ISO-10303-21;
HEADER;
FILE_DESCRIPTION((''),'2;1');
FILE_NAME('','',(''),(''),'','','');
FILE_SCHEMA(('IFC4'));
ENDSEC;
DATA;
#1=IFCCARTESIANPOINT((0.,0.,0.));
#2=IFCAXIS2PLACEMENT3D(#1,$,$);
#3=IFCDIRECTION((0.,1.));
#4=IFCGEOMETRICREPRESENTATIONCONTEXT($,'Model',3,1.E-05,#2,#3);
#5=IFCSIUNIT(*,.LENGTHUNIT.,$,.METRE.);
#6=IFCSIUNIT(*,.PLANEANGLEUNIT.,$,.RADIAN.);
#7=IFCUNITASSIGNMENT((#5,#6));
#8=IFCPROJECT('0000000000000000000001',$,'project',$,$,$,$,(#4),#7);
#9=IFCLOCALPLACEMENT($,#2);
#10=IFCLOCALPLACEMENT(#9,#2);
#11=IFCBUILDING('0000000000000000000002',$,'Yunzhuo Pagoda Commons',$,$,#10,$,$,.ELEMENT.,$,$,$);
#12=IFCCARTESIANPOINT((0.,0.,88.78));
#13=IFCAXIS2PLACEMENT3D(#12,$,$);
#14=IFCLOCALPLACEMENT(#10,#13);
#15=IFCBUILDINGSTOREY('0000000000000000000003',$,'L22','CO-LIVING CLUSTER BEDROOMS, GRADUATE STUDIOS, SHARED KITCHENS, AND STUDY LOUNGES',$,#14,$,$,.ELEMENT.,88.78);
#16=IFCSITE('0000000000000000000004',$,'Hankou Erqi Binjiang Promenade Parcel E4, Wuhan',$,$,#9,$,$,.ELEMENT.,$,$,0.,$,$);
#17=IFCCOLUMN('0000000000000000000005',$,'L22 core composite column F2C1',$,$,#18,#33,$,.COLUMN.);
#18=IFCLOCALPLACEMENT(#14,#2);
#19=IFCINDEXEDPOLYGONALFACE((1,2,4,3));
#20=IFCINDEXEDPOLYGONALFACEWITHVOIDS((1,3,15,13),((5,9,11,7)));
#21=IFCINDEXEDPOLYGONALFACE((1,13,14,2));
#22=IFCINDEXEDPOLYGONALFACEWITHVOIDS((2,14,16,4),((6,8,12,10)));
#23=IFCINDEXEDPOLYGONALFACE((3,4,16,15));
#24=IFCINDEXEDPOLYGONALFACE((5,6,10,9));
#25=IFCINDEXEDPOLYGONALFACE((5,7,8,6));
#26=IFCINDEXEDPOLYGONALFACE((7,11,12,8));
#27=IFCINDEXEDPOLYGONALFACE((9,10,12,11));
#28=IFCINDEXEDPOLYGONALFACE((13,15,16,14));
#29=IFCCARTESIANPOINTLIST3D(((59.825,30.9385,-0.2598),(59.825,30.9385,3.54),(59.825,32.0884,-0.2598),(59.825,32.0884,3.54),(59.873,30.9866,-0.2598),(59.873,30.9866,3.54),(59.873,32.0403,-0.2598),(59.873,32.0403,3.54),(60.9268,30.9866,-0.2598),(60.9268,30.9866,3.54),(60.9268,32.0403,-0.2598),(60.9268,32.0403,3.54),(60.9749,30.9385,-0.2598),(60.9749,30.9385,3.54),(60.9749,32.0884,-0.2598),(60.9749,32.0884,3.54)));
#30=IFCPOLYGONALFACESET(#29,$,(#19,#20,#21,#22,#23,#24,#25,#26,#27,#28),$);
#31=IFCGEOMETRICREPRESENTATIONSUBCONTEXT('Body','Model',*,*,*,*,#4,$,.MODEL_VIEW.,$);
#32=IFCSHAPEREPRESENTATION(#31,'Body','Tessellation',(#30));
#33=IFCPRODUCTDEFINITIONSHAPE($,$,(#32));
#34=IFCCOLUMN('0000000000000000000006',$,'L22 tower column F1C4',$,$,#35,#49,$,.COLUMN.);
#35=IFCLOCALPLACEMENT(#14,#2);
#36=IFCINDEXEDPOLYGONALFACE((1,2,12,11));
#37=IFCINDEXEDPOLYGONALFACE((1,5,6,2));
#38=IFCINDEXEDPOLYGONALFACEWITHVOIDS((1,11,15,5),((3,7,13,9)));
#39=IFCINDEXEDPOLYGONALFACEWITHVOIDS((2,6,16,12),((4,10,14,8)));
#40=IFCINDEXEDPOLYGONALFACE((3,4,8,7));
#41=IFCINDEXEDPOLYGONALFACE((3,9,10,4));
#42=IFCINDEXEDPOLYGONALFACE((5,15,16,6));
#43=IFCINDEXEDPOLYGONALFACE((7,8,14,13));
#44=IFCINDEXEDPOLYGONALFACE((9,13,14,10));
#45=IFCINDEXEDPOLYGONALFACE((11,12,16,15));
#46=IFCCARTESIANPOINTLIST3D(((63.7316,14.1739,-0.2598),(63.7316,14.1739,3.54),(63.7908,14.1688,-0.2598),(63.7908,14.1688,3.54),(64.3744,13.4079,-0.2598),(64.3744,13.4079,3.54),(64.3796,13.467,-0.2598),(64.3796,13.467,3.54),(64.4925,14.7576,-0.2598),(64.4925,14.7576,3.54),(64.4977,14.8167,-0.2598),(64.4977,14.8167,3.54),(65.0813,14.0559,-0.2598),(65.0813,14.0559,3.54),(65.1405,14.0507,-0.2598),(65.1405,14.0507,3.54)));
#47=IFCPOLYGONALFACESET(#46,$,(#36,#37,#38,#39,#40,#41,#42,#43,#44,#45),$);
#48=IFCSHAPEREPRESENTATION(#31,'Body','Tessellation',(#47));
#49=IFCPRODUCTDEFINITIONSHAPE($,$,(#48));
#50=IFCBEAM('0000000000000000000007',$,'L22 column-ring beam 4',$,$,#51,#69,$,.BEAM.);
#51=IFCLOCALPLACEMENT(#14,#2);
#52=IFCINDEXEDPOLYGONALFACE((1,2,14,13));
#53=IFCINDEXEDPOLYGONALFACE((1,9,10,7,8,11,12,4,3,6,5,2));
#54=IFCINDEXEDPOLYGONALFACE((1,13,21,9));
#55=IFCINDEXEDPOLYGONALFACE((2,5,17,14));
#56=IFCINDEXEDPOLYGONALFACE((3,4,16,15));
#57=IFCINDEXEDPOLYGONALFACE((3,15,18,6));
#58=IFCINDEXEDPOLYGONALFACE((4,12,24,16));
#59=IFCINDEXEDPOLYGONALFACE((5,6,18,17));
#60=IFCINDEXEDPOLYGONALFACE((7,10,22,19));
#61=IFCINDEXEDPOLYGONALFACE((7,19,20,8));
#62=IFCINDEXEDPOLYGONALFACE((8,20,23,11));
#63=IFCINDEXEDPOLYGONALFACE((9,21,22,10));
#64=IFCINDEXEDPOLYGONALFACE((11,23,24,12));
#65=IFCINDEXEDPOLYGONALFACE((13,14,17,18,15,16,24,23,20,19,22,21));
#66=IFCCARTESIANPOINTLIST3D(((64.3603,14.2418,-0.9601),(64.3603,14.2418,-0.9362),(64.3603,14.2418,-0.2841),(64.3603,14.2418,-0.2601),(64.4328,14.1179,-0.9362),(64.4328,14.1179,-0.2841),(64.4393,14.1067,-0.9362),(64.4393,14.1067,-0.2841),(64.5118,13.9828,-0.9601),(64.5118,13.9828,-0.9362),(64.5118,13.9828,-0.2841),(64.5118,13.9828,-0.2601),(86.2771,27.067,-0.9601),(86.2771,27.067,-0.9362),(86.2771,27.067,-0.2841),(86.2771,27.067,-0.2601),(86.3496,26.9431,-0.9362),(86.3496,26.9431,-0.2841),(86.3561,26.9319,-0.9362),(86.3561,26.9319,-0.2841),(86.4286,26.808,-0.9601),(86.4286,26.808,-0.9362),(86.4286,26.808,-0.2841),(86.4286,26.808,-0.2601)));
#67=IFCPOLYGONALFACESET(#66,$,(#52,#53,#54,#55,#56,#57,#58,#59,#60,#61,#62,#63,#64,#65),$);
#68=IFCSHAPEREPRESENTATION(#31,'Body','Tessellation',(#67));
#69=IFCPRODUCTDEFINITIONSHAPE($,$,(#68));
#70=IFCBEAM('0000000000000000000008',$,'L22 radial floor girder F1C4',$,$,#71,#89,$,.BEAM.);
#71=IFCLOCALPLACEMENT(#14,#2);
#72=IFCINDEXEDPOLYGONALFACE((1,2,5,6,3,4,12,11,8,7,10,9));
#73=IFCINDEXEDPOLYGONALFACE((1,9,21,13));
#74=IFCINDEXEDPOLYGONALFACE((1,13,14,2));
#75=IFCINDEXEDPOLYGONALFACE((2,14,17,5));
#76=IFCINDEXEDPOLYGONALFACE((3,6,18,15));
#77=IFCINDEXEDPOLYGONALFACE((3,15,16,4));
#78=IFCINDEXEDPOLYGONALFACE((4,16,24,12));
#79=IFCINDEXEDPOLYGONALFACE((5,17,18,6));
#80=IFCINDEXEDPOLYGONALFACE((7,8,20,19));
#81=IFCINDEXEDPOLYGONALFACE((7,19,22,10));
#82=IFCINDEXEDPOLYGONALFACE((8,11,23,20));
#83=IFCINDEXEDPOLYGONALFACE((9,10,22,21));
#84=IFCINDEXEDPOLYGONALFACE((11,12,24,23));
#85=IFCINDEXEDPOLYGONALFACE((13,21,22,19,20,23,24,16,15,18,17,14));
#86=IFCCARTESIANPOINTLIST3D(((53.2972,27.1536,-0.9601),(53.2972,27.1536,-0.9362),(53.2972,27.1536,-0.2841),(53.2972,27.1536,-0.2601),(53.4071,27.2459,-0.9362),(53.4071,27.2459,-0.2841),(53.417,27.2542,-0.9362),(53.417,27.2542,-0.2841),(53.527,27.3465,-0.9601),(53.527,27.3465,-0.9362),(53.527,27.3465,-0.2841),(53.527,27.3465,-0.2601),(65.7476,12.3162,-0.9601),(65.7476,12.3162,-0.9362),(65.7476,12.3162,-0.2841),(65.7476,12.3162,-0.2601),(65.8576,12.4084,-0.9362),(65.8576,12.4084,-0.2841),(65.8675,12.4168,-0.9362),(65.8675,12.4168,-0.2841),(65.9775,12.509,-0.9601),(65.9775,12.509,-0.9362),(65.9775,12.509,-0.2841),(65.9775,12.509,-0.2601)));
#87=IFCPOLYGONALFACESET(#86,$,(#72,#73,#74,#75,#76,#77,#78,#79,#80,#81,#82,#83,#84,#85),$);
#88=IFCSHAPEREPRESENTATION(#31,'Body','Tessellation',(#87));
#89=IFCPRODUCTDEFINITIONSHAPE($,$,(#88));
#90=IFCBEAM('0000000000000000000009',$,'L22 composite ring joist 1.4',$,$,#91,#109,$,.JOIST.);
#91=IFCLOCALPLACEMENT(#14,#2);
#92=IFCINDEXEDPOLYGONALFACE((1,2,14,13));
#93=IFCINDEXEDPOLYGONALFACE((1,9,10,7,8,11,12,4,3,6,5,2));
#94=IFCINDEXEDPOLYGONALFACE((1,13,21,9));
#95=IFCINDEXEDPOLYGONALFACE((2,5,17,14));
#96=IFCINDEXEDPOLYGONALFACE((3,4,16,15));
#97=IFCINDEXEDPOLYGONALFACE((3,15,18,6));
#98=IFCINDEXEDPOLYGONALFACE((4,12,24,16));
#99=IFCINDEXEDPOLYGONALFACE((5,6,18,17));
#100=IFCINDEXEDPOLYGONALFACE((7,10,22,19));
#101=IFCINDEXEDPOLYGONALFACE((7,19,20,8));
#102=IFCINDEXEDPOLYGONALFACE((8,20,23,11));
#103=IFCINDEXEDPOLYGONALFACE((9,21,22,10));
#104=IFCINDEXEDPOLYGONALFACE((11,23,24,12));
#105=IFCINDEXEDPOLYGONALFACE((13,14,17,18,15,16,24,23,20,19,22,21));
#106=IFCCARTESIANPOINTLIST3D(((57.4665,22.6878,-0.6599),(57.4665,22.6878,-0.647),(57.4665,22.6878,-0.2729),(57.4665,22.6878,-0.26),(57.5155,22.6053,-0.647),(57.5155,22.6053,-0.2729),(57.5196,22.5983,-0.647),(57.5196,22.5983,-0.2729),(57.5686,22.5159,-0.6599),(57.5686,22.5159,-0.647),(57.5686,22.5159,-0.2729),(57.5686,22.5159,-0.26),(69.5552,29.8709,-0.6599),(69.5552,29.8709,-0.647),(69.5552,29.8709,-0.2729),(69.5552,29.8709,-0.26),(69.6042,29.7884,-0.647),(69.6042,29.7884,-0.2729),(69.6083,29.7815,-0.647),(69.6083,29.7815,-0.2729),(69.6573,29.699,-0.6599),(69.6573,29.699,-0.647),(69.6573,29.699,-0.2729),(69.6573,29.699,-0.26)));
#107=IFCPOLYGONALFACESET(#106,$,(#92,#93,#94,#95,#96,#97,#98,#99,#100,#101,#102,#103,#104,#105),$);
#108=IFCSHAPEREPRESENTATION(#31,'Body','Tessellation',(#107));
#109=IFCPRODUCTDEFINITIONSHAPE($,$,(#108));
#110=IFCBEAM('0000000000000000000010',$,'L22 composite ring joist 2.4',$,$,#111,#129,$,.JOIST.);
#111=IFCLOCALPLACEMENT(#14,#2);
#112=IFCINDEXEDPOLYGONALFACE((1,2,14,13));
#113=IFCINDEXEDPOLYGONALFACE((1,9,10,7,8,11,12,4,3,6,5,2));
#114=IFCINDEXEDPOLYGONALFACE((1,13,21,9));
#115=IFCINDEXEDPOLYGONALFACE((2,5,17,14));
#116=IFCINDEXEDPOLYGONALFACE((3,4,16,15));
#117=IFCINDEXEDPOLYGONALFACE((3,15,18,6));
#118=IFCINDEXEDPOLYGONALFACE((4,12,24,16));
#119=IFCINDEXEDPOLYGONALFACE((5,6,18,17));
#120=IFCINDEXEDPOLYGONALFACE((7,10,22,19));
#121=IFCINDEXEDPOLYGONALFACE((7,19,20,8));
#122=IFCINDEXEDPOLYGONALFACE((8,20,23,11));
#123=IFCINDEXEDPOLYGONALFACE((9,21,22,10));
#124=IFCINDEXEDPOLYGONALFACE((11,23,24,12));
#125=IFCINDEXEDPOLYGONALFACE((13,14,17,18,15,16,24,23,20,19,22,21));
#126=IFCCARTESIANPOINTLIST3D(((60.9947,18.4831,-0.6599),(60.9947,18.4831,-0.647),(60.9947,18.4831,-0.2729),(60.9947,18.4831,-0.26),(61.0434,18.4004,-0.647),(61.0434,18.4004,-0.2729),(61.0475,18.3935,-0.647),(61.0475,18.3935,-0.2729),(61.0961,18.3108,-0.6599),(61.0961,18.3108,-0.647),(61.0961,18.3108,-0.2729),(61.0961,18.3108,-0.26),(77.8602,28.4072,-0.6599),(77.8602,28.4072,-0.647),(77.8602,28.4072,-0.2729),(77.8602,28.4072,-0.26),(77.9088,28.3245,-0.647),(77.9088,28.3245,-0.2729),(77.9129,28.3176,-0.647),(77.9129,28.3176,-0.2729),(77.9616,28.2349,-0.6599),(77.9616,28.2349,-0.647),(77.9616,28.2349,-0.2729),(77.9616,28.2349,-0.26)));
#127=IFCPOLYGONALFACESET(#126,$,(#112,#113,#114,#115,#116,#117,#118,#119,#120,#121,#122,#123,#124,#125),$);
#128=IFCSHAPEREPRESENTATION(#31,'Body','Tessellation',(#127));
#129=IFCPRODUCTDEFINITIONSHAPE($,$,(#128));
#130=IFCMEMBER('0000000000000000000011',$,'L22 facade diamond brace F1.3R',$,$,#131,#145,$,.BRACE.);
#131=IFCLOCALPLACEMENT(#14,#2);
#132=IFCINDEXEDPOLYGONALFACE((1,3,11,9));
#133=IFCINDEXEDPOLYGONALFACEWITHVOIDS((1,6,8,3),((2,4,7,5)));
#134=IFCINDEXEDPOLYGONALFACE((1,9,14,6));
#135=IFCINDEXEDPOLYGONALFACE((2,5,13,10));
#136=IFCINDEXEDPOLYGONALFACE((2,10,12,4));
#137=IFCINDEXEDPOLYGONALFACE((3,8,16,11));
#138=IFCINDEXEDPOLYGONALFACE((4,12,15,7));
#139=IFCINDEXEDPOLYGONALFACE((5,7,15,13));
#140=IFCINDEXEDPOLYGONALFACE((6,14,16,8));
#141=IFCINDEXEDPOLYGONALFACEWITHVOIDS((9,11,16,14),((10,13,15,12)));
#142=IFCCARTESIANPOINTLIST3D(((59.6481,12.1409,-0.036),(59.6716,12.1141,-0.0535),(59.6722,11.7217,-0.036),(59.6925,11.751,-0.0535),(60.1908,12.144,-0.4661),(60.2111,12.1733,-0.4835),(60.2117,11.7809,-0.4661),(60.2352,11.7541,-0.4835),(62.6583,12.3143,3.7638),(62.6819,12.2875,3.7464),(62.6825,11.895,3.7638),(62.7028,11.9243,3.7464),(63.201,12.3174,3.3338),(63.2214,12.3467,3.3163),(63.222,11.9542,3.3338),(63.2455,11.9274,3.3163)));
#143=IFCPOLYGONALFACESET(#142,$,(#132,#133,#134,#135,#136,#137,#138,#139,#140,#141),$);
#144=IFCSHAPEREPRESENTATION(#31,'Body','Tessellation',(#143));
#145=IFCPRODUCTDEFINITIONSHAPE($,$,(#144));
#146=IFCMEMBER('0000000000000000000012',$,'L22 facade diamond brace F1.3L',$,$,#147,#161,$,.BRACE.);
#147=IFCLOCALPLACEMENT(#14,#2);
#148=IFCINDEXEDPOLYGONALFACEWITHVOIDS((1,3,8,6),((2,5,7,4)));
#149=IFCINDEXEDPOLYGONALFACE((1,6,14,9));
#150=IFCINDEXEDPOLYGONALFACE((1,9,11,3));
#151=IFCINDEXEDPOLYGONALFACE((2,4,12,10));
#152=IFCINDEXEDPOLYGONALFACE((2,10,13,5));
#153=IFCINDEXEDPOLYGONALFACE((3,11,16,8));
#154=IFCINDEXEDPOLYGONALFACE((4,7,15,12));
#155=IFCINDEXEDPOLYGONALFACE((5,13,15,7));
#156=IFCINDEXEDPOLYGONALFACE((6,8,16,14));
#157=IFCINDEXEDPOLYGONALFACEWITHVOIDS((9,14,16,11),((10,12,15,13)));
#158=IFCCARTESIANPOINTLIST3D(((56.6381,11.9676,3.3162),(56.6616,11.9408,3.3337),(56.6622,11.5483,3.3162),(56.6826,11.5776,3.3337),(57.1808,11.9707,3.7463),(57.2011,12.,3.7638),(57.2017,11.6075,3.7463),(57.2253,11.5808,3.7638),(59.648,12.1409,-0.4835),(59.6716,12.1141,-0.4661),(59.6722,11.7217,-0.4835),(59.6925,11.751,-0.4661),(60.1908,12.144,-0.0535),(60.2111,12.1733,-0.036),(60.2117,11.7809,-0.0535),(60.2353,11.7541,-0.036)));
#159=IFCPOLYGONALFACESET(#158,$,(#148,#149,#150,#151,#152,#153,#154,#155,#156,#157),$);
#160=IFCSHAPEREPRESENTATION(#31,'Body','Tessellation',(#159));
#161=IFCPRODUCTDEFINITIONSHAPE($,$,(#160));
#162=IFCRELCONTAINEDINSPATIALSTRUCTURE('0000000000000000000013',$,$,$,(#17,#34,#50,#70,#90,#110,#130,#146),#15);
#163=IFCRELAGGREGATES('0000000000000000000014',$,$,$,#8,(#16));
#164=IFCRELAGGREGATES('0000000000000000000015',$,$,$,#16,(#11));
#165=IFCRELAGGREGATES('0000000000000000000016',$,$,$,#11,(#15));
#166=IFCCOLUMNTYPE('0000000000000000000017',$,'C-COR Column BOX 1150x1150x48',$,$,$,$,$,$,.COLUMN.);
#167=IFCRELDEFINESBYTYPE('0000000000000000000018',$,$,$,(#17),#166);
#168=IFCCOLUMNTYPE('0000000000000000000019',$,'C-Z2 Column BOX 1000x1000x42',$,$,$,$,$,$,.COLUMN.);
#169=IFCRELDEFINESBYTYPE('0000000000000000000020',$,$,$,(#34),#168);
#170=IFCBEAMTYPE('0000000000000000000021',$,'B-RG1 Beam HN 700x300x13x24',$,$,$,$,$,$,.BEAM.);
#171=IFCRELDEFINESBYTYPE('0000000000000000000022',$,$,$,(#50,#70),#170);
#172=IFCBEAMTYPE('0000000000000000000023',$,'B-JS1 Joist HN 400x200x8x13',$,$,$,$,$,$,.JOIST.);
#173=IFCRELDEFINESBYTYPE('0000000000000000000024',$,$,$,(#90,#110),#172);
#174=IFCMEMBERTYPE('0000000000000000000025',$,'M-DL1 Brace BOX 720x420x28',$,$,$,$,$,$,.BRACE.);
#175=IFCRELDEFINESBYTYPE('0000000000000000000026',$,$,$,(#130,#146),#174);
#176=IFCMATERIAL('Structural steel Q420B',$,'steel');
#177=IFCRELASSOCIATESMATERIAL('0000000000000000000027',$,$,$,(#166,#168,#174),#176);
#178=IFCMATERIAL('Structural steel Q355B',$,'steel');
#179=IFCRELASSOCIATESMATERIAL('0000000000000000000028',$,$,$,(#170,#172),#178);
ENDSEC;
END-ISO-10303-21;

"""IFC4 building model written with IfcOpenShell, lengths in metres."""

from ifc_helpers import new_model, si_unit, direction, frame, origin, origin_2d, place, context, subcontext, project, spatial, hollow_rectangle, i_section, extrude, source, transform, mapped, material, material_profile, profile_set, type_object, element, save


model = new_model("IFC4")

# Units and contexts
model_context = context("Model", 3, precision=1e-05, world=origin(), true_north=direction((0.0, 1.0)))
body_context = subcontext(model_context, "Body", "Model", "MODEL_VIEW")
ifc_project = project(units=[si_unit("LENGTHUNIT", "METRE"), si_unit("PLANEANGLEUNIT", "RADIAN")], contexts=[model_context])

# Site, building, storey
site_placement = place(None, origin())
site = spatial("IfcSite", under=ifc_project, at=site_placement, Name="Hankou Erqi Binjiang Promenade Parcel E4, Wuhan", CompositionType="ELEMENT", RefElevation=0.0)
building_placement = place(site_placement, origin())
building = spatial("IfcBuilding", under=site, at=building_placement, Name="Yunzhuo Pagoda Commons", CompositionType="ELEMENT")
storey_placement = place(building_placement, frame((0.0, 0.0, 88.78)))
storey = spatial("IfcBuildingStorey", under=building, at=storey_placement, Name="L22", Description="CO-LIVING CLUSTER BEDROOMS, GRADUATE STUDIOS, SHARED KITCHENS, AND STUDY LOUNGES", CompositionType="ELEMENT", Elevation=88.78)

# Columns
ifc_material_1 = material(Name="Structural steel Q420B", Category="steel")
ifc_material_profile_1 = material_profile(ifc_material_1, hollow_rectangle(XDim=1.1499, YDim=1.1499, WallThickness=0.0481, at=origin_2d()), Name="Structural steel Q420B")
ifc_profile_set_1 = profile_set([ifc_material_profile_1], Name="Structural steel Q420B")
column_type_1 = type_object("IfcColumnType", Name="C-COR Column BOX 1150x1150x48", PredefinedType="COLUMN", material=ifc_profile_set_1)
shared_shape_1 = source(origin(), body_context, "Body", "SweptSolid", [
    extrude(hollow_rectangle(XDim=1.1499, YDim=1.1499, WallThickness=0.0481, at=origin_2d()), origin(), (0.0, 0.0, 1.0), 3.7998),
])
column_1_placement = place(storey_placement, frame((60.3999, 31.5134, -0.2598), z_axis=(0.0, 0.0, 1.0), x_axis=(1.0, 0.0, 0.0)))
element("IfcColumn", 1, at=column_1_placement, inside=storey, type_object=column_type_1, Name="L22 core composite column F2C1", PredefinedType="COLUMN", context=body_context, shape_type="MappedRepresentation", body=[
    mapped(shared_shape_1, transform((0.0, 0.0, 0.0), scale=1.0)),
])
ifc_material_profile_2 = material_profile(ifc_material_1, hollow_rectangle(XDim=1.0, YDim=1.0, WallThickness=0.042, at=origin_2d()), Name="Structural steel Q420B")
ifc_profile_set_2 = profile_set([ifc_material_profile_2], Name="Structural steel Q420B")
column_type_2 = type_object("IfcColumnType", Name="C-Z2 Column BOX 1000x1000x42", PredefinedType="COLUMN", material=ifc_profile_set_2)
shared_shape_2 = source(origin(), body_context, "Body", "SweptSolid", [
    extrude(hollow_rectangle(XDim=1.0, YDim=1.0, WallThickness=0.042, at=origin_2d()), origin(), (0.0, 0.0, 1.0), 3.7998),
])
column_2_placement = place(storey_placement, frame((64.436, 14.1123, -0.2598), z_axis=(0.0, 0.0, 1.0), x_axis=(0.766044, 0.642788, 0.0)))
element("IfcColumn", 2, at=column_2_placement, inside=storey, type_object=column_type_2, Name="L22 tower column F1C4", PredefinedType="COLUMN", context=body_context, shape_type="MappedRepresentation", body=[
    mapped(shared_shape_2, transform((0.0, 0.0, 0.0), scale=1.0)),
])

# Beams
ifc_material_2 = material(Name="Structural steel Q355B", Category="steel")
ifc_material_profile_3 = material_profile(ifc_material_2, i_section(OverallWidth=0.3, OverallDepth=0.7, WebThickness=0.0129, FlangeThickness=0.0239, at=origin_2d()), Name="Structural steel Q355B")
ifc_profile_set_3 = profile_set([ifc_material_profile_3], Name="Structural steel Q355B")
beam_type_1 = type_object("IfcBeamType", Name="B-RG1 Beam HN 700x300x13x24", PredefinedType="BEAM", material=ifc_profile_set_3)
shared_shape_3 = source(origin(), body_context, "Body", "SweptSolid", [
    extrude(i_section(OverallWidth=0.3, OverallDepth=0.7, WebThickness=0.0129, FlangeThickness=0.0239, at=origin_2d()), origin(), (0.0, 0.0, 1.0), 25.3936),
])
beam_1_placement = place(storey_placement, frame((64.436, 14.1123, -0.6101), z_axis=(0.863085, 0.505058, 0.0), x_axis=(-0.505058, 0.863085, 0.0)))
element("IfcBeam", 3, at=beam_1_placement, inside=storey, type_object=beam_type_1, Name="L22 column-ring beam 4", PredefinedType="BEAM", context=body_context, shape_type="MappedRepresentation", body=[
    mapped(shared_shape_3, transform((0.0, 0.0, 0.0), scale=1.0)),
])
shared_shape_4 = source(origin(), body_context, "Body", "SweptSolid", [
    extrude(i_section(OverallWidth=0.3, OverallDepth=0.7, WebThickness=0.0129, FlangeThickness=0.0239, at=origin_2d()), origin(), (0.0, 0.0, 1.0), 19.3691),
])
beam_2_placement = place(storey_placement, frame((65.8625, 12.4126, -0.6101), z_axis=(-0.642799, 0.766035, 0.0), x_axis=(-0.766035, -0.642799, 0.0)))
element("IfcBeam", 4, at=beam_2_placement, inside=storey, type_object=beam_type_1, Name="L22 radial floor girder F1C4", PredefinedType="BEAM", context=body_context, shape_type="MappedRepresentation", body=[
    mapped(shared_shape_4, transform((0.0, 0.0, 0.0), scale=1.0)),
])
ifc_material_profile_4 = material_profile(ifc_material_2, i_section(OverallWidth=0.2, OverallDepth=0.3999, WebThickness=0.0081, FlangeThickness=0.0129, at=origin_2d()), Name="Structural steel Q355B")
ifc_profile_set_4 = profile_set([ifc_material_profile_4], Name="Structural steel Q355B")
beam_type_2 = type_object("IfcBeamType", Name="B-JS1 Joist HN 400x200x8x13", PredefinedType="JOIST", material=ifc_profile_set_4)
shared_shape_5 = source(origin(), body_context, "Body", "SweptSolid", [
    extrude(i_section(OverallWidth=0.2, OverallDepth=0.3999, WebThickness=0.0081, FlangeThickness=0.0129, at=origin_2d()), origin(), (0.0, 0.0, 1.0), 14.0618),
])
beam_3_placement = place(storey_placement, frame((57.5176, 22.6018, -0.46), z_axis=(0.859683, 0.510827, 0.0), x_axis=(-0.510827, 0.859683, 0.0)))
element("IfcBeam", 5, at=beam_3_placement, inside=storey, type_object=beam_type_2, Name="L22 composite ring joist 1.4", PredefinedType="JOIST", context=body_context, shape_type="MappedRepresentation", body=[
    mapped(shared_shape_5, transform((0.0, 0.0, 0.0), scale=1.0)),
])
shared_shape_6 = source(origin(), body_context, "Body", "SweptSolid", [
    extrude(i_section(OverallWidth=0.2, OverallDepth=0.3999, WebThickness=0.0081, FlangeThickness=0.0129, at=origin_2d()), origin(), (0.0, 0.0, 1.0), 19.5686),
])
beam_4_placement = place(storey_placement, frame((61.0454, 18.397, -0.46), z_axis=(0.861863, 0.507142, 0.0), x_axis=(-0.507142, 0.861863, 0.0)))
element("IfcBeam", 6, at=beam_4_placement, inside=storey, type_object=beam_type_2, Name="L22 composite ring joist 2.4", PredefinedType="JOIST", context=body_context, shape_type="MappedRepresentation", body=[
    mapped(shared_shape_6, transform((0.0, 0.0, 0.0), scale=1.0)),
])

# Members
ifc_material_profile_5 = material_profile(ifc_material_1, hollow_rectangle(XDim=0.4199, YDim=0.72, WallThickness=0.0281, at=origin_2d()), Name="Structural steel Q420B")
ifc_profile_set_5 = profile_set([ifc_material_profile_5], Name="Structural steel Q420B")
member_type_1 = type_object("IfcMemberType", Name="M-DL1 Brace BOX 720x420x28", PredefinedType="BRACE", material=ifc_profile_set_5)
shared_shape_7 = source(origin(), body_context, "Body", "SweptSolid", [
    extrude(hollow_rectangle(XDim=0.4199, YDim=0.72, WallThickness=0.0281, at=origin_2d()), origin(), (0.0, 0.0, 1.0), 4.8508),
])
member_1_placement = place(storey_placement, frame((59.9417, 11.9475, -0.2598), z_axis=(0.620569, 0.035734, 0.783337), x_axis=(-0.057488, 0.998346, 0.0)))
element("IfcMember", 7, at=member_1_placement, inside=storey, type_object=member_type_1, Name="L22 facade diamond brace F1.3R", PredefinedType="BRACE", context=body_context, shape_type="MappedRepresentation", body=[
    mapped(shared_shape_7, transform((0.0, 0.0, 0.0), scale=1.0)),
])
shared_shape_8 = source(origin(), body_context, "Body", "SweptSolid", [
    extrude(hollow_rectangle(XDim=0.4199, YDim=0.72, WallThickness=0.0281, at=origin_2d()), origin(), (0.0, 0.0, 1.0), 4.8506),
])
member_2_placement = place(storey_placement, frame((59.9417, 11.9475, -0.2598), z_axis=(-0.620539, -0.035735, 0.783361), x_axis=(0.057493, -0.998346, 0.0)))
element("IfcMember", 8, at=member_2_placement, inside=storey, type_object=member_type_1, Name="L22 facade diamond brace F1.3L", PredefinedType="BRACE", context=body_context, shape_type="MappedRepresentation", body=[
    mapped(shared_shape_8, transform((0.0, 0.0, 0.0), scale=1.0)),
])

save(model, "model.ifc")
